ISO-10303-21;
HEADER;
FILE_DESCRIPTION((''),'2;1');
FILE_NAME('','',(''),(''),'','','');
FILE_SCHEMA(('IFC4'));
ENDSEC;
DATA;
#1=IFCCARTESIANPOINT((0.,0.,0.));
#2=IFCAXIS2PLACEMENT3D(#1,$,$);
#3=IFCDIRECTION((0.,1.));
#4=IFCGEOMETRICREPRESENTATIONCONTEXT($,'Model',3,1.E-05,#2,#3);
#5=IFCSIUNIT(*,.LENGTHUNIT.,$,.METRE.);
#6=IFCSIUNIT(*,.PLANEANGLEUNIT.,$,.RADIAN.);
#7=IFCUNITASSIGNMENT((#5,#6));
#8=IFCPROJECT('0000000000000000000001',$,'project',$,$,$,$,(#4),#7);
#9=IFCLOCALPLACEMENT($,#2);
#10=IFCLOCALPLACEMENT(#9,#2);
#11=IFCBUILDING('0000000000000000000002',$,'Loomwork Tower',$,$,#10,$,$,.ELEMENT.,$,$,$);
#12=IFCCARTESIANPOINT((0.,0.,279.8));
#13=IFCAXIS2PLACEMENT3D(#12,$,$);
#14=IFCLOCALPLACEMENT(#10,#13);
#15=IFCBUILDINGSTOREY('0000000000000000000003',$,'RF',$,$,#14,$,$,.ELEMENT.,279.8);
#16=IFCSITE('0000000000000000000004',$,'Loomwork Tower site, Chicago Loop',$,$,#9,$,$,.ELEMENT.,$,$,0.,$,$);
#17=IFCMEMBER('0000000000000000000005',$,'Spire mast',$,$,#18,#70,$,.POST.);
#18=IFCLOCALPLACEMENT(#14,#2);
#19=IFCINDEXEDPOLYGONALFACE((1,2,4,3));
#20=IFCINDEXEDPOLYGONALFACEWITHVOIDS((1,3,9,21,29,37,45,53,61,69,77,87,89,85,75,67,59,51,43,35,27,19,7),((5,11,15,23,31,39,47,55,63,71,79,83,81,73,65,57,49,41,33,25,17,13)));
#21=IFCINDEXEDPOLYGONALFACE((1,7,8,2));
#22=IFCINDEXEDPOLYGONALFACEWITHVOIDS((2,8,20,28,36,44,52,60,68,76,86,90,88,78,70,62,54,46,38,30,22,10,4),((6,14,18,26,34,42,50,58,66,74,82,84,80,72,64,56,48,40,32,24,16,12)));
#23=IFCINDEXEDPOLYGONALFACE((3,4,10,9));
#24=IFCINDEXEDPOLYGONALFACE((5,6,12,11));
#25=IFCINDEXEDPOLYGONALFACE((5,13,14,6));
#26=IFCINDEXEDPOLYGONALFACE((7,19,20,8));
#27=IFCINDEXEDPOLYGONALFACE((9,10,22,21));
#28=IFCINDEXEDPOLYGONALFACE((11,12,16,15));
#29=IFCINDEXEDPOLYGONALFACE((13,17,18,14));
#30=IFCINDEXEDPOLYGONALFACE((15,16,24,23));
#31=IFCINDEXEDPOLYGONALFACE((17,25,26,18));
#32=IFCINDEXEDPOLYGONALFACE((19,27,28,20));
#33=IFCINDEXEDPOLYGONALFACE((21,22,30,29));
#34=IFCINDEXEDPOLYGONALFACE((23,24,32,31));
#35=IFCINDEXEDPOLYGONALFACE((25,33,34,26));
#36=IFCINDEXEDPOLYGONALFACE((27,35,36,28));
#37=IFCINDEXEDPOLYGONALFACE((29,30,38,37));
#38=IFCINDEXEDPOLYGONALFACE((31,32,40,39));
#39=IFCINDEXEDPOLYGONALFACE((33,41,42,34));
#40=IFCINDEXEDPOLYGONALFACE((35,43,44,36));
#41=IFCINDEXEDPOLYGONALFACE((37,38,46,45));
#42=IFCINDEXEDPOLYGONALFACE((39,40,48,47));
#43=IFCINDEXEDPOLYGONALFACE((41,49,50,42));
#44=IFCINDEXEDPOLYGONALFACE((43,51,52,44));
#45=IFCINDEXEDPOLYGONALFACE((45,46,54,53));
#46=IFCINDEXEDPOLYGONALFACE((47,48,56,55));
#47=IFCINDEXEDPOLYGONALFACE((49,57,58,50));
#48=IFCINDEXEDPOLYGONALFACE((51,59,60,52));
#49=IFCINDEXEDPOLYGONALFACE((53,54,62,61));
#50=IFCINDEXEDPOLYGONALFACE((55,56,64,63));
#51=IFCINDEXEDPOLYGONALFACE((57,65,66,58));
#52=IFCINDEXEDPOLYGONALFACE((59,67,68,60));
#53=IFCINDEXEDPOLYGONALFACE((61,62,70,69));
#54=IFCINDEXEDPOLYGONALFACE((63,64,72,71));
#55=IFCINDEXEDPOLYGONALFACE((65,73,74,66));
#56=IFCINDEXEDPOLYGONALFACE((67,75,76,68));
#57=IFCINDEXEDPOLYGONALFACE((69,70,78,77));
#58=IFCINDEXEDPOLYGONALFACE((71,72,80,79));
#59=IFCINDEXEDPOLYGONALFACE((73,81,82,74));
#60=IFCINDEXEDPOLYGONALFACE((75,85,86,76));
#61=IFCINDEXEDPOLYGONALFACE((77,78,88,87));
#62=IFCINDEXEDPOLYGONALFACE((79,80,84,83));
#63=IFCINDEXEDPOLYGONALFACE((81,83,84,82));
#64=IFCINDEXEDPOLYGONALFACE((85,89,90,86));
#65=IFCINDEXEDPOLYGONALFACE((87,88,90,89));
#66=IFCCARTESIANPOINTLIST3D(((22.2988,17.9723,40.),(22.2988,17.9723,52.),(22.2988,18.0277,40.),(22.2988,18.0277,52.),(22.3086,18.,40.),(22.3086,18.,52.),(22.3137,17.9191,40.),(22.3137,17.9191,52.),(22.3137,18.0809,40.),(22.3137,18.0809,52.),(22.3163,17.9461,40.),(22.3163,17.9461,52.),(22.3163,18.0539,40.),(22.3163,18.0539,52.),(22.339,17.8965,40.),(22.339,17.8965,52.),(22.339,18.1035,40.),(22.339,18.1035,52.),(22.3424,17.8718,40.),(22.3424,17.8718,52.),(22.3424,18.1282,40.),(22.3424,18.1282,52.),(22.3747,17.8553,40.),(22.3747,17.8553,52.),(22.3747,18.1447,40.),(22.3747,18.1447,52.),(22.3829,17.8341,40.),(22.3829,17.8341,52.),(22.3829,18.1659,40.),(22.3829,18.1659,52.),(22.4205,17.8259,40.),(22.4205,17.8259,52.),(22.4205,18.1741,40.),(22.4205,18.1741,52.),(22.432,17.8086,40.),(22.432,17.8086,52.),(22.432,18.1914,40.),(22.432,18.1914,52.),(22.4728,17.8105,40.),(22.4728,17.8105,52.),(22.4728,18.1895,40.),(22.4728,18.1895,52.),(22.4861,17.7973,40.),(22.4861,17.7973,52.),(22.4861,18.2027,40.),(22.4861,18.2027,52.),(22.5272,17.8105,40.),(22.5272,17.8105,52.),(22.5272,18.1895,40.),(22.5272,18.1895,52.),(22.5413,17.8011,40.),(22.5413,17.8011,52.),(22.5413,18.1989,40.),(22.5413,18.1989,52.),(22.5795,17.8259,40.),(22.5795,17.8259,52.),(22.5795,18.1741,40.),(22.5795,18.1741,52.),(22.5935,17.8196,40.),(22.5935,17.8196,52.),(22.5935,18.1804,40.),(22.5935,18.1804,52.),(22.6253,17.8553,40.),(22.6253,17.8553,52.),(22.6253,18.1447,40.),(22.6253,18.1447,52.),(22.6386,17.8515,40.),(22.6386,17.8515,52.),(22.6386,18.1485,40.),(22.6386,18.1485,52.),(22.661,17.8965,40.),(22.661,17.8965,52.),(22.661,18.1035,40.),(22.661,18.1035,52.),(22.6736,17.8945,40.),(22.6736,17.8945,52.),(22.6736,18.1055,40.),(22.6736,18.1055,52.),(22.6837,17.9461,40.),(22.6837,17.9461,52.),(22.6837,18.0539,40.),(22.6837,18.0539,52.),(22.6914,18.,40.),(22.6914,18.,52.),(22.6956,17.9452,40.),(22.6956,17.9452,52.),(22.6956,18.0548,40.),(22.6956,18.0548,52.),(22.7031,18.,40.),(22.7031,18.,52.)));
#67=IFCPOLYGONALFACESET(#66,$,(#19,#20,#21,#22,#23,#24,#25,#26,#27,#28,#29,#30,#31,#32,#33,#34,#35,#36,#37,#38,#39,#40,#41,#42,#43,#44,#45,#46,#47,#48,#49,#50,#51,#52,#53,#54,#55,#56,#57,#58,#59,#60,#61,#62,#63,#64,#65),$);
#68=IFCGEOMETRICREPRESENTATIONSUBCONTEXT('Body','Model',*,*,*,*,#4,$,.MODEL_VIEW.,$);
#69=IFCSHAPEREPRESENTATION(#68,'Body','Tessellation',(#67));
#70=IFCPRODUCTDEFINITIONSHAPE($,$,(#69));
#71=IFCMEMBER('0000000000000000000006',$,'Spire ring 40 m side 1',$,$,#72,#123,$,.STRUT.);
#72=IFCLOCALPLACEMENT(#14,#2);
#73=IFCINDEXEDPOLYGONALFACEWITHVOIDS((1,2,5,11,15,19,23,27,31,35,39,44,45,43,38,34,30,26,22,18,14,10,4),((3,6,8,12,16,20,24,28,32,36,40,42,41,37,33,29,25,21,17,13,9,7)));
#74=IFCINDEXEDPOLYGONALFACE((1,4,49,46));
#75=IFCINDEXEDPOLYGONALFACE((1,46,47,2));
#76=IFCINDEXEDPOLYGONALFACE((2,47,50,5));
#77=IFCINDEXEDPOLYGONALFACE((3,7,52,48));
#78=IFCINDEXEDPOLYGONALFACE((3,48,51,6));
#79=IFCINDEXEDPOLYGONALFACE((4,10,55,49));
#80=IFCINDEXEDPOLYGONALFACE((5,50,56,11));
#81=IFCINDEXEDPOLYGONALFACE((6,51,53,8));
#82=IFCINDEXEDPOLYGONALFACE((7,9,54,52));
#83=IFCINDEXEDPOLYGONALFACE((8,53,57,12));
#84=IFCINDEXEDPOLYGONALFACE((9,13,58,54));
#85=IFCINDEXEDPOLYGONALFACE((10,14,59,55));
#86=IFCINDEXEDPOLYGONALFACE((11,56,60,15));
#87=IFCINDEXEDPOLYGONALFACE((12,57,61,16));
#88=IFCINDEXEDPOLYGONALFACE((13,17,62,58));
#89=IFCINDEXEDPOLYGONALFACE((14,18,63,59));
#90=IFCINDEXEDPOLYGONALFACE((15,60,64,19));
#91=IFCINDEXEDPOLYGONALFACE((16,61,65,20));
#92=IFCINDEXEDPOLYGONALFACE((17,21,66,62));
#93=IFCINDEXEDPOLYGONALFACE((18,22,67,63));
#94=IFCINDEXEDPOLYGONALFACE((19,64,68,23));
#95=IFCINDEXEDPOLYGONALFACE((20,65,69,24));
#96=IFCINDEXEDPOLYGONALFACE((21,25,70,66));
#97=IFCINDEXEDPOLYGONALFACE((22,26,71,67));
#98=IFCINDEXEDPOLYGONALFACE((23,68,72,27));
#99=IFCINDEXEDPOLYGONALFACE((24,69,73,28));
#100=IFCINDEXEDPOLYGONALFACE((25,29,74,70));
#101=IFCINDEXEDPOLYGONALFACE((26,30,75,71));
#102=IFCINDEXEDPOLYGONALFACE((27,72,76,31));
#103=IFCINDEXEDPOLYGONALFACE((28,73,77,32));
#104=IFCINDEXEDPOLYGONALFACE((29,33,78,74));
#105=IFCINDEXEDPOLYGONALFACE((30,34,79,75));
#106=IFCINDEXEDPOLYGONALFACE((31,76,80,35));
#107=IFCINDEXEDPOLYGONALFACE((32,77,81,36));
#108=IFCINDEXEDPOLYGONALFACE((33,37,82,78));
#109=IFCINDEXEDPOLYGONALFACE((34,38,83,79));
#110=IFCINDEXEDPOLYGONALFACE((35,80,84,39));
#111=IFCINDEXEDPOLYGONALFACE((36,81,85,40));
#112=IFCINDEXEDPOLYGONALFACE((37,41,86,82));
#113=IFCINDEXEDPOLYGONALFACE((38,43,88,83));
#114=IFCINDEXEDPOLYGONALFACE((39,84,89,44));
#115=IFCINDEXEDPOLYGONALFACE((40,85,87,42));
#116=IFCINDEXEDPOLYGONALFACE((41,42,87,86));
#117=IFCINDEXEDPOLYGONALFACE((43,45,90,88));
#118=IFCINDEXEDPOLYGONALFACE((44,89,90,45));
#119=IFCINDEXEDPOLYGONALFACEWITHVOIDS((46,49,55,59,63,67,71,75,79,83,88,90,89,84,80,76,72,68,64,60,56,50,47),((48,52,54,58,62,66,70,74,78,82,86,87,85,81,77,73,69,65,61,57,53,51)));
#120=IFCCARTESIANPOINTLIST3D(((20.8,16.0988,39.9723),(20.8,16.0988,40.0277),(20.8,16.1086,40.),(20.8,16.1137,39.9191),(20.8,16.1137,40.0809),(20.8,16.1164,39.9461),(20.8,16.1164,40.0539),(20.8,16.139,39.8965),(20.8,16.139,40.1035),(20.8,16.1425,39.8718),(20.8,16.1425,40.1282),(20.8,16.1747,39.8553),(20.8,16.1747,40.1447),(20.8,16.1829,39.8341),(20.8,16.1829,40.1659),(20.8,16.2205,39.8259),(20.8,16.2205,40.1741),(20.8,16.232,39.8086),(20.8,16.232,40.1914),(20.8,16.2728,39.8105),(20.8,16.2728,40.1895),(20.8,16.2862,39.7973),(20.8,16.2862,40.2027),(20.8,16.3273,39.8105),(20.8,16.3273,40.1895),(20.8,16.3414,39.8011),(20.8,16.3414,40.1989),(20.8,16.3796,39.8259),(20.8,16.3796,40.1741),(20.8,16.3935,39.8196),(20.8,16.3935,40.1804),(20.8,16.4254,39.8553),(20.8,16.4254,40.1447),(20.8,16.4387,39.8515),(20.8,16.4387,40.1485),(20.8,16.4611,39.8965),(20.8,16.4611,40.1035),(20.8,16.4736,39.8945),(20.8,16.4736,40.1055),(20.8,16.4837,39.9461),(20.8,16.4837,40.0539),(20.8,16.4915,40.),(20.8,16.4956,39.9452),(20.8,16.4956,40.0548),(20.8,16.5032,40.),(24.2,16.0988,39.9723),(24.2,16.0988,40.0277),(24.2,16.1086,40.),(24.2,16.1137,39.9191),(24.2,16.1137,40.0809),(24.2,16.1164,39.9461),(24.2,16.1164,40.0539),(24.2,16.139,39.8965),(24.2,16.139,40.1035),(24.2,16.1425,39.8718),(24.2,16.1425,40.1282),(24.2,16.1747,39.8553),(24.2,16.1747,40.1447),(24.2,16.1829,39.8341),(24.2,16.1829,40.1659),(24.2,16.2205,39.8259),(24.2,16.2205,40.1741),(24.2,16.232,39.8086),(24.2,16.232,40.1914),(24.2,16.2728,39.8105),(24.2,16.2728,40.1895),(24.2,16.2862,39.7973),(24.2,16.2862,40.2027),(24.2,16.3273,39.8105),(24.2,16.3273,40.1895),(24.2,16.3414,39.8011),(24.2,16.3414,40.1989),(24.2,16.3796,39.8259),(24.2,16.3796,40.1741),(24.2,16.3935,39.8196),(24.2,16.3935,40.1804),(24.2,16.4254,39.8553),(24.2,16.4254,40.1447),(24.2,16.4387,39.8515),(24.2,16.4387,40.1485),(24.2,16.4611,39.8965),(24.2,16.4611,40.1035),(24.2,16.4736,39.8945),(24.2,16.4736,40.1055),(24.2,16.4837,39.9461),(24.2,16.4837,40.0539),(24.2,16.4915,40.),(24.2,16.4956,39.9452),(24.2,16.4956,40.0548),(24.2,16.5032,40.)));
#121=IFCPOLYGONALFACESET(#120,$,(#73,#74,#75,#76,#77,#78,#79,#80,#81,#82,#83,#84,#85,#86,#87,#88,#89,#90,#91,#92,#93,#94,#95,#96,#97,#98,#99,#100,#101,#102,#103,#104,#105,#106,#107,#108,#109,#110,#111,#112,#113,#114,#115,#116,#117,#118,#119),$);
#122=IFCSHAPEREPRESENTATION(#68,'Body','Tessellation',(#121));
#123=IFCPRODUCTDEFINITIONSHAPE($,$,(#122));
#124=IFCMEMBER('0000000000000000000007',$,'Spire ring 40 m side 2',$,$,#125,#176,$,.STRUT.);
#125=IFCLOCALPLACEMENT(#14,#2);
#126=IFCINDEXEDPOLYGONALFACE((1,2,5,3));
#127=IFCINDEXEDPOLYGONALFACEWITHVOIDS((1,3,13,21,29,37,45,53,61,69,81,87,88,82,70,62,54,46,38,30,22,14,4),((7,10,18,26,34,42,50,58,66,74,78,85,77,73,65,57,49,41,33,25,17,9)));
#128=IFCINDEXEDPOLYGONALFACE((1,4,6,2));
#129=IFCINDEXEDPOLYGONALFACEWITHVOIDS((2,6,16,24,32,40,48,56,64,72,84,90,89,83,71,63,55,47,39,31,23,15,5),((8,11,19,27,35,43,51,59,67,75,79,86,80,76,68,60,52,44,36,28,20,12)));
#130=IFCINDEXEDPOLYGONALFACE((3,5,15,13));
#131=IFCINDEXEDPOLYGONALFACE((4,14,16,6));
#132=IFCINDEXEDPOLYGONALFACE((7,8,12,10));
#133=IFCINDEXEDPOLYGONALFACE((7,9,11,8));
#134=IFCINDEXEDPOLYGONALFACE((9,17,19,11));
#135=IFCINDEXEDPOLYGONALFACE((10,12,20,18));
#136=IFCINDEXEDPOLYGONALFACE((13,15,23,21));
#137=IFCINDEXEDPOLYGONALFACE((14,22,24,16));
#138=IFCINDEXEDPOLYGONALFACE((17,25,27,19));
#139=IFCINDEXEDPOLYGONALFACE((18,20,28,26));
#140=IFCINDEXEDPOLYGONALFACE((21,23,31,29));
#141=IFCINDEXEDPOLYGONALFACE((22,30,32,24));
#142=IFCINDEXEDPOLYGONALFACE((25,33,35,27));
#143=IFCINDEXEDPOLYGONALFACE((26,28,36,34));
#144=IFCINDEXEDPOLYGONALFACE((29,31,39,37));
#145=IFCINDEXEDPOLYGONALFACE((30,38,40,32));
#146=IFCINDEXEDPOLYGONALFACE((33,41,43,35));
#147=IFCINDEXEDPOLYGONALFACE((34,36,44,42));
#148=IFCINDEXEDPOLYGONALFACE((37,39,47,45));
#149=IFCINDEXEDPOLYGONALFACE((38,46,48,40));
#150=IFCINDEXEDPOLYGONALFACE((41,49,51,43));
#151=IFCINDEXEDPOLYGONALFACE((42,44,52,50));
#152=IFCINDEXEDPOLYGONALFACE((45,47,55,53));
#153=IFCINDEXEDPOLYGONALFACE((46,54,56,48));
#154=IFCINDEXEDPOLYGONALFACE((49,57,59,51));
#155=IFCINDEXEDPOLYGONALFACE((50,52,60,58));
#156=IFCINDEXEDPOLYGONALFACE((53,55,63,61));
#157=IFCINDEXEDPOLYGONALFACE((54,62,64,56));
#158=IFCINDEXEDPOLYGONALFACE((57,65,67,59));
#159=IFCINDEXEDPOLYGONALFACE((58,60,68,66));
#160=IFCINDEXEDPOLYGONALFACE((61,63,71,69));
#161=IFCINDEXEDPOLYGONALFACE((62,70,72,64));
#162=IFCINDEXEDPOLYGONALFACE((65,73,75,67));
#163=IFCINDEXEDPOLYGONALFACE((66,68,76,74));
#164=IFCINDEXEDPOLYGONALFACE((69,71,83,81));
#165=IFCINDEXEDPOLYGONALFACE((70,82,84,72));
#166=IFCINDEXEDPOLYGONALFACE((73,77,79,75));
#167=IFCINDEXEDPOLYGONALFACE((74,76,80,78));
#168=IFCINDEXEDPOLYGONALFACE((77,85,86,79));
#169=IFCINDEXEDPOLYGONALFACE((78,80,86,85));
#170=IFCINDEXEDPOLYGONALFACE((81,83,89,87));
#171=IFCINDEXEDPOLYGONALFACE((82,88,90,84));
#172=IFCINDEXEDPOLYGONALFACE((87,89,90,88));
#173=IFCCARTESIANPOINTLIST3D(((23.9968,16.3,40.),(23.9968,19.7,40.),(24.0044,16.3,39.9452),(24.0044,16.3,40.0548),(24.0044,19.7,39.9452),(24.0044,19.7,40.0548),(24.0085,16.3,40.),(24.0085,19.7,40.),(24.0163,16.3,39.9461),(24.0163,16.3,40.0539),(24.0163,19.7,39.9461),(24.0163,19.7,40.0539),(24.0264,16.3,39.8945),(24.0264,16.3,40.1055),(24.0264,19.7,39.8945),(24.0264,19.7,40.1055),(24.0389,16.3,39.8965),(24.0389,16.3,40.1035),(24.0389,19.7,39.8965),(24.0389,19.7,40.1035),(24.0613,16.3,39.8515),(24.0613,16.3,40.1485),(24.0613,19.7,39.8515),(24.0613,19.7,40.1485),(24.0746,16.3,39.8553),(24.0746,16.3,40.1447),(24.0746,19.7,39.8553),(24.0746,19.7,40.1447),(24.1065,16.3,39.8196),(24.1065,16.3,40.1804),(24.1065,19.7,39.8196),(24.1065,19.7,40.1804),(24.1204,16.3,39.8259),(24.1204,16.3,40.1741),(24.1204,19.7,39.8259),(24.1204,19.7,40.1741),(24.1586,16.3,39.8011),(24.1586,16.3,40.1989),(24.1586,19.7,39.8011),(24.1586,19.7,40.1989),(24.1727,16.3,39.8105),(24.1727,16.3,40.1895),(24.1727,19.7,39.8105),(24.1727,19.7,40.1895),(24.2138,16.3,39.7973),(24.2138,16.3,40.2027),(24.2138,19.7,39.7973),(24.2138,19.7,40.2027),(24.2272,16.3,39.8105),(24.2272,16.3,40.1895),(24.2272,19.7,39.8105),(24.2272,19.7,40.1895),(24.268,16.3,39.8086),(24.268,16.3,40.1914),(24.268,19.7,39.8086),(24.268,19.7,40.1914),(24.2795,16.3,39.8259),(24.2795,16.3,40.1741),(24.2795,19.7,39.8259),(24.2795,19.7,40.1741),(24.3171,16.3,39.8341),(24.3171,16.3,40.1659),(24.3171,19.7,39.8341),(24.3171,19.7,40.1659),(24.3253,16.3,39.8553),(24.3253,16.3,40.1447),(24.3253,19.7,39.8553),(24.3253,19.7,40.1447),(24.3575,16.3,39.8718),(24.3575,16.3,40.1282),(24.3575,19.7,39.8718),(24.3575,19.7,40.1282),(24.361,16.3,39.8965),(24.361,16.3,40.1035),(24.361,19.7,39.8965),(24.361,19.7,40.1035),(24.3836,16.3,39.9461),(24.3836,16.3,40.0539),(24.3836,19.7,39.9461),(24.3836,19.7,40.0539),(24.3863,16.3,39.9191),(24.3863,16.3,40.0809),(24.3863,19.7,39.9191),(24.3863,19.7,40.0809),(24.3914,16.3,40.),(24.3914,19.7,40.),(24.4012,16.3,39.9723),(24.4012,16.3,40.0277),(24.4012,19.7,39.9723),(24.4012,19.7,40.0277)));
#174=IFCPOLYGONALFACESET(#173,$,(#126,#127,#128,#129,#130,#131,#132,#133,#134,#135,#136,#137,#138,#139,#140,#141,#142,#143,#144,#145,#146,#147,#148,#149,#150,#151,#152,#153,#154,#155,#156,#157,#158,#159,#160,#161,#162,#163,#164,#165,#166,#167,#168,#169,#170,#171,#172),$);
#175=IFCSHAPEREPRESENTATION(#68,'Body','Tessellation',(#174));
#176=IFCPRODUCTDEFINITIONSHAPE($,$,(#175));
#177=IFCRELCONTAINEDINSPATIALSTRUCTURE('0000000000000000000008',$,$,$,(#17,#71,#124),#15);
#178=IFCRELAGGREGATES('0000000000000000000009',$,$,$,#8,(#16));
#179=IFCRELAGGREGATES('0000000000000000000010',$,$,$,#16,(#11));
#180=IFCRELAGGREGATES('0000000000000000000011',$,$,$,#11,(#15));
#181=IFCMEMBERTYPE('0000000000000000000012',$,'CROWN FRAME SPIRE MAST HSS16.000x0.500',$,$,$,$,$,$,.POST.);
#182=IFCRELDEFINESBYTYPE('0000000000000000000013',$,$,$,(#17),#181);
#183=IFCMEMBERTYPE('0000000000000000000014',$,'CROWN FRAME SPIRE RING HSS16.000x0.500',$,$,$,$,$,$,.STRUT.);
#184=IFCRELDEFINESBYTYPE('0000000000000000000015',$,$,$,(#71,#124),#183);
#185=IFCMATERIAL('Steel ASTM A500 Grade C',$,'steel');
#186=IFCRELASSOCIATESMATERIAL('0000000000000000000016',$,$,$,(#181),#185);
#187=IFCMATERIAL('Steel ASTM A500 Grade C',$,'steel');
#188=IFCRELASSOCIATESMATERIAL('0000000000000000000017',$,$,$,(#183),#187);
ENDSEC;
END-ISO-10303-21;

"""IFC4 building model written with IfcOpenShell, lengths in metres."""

from ifc_helpers import new_model, si_unit, direction, frame, origin, origin_2d, place, context, subcontext, project, spatial, hollow_circle, extrude, material, material_profile, profile_set, type_object, element, save


model = new_model("IFC4")

# Units and contexts
model_context = context("Model", 3, precision=1e-05, world=origin(), true_north=direction((0.0, 1.0)))
body_context = subcontext(model_context, "Body", "Model", "MODEL_VIEW")
ifc_project = project(units=[si_unit("LENGTHUNIT", "METRE"), si_unit("PLANEANGLEUNIT", "RADIAN")], contexts=[model_context])

# Site, building, storey
site_placement = place(None, origin())
site = spatial("IfcSite", under=ifc_project, at=site_placement, Name="Loomwork Tower site, Chicago Loop", CompositionType="ELEMENT", RefElevation=0.0)
building_placement = place(site_placement, origin())
building = spatial("IfcBuilding", under=site, at=building_placement, Name="Loomwork Tower", CompositionType="ELEMENT")
storey_placement = place(building_placement, frame((0.0, 0.0, 279.8)))
storey = spatial("IfcBuildingStorey", under=building, at=storey_placement, Name="RF", CompositionType="ELEMENT", Elevation=279.8)

# Members
ifc_material_1 = material(Name="Steel ASTM A500 Grade C", Category="steel")
ifc_material_profile_1 = material_profile(ifc_material_1, hollow_circle(Radius=0.2031, WallThickness=0.0117, at=origin_2d()), Name="HSS16.000x0.500")
ifc_profile_set_1 = profile_set([ifc_material_profile_1], Name="Steel ASTM A500 Grade C")
member_type_1 = type_object("IfcMemberType", Name="CROWN FRAME SPIRE MAST HSS16.000x0.500", PredefinedType="POST", material=ifc_profile_set_1)
member_placement = place(storey_placement, frame((22.5, 18.0, 40.0), z_axis=(0.0, 0.0, 1.0), x_axis=(1.0, 0.0, 0.0)))
element("IfcMember", 1, at=member_placement, inside=storey, type_object=member_type_1, Name="Spire mast", PredefinedType="POST", context=body_context, shape_type="SweptSolid", body=[
    extrude(hollow_circle(Radius=0.2031, WallThickness=0.0117, at=origin_2d()), origin(), (0.0, 0.0, 1.0), 12.0),
])
ifc_material_2 = material(Name="Steel ASTM A500 Grade C", Category="steel")
ifc_material_profile_2 = material_profile(ifc_material_2, hollow_circle(Radius=0.2031, WallThickness=0.0117, at=origin_2d()), Name="HSS16.000x0.500")
ifc_profile_set_2 = profile_set([ifc_material_profile_2], Name="Steel ASTM A500 Grade C")
member_type_2 = type_object("IfcMemberType", Name="CROWN FRAME SPIRE RING HSS16.000x0.500", PredefinedType="STRUT", material=ifc_profile_set_2)
for number, where, z_axis, x_axis, name in (
    (2, (20.8, 16.3, 40.0), (1.0, 0.0, 0.0), (0.0, 1.0, 0.0), "Spire ring 40 m side 1"),
    (3, (24.2, 16.3, 40.0), (0.0, 1.0, 0.0), (-1.0, 0.0, 0.0), "Spire ring 40 m side 2"),
):
    element("IfcMember", number, at=place(storey_placement, frame(where, z_axis=z_axis, x_axis=x_axis)), inside=storey, type_object=member_type_2, Name=name, PredefinedType="STRUT", context=body_context, shape_type="SweptSolid", body=[
        extrude(hollow_circle(Radius=0.2031, WallThickness=0.0117, at=origin_2d()), origin(), (0.0, 0.0, 1.0), 3.3999),
    ])

save(model, "model.ifc")
